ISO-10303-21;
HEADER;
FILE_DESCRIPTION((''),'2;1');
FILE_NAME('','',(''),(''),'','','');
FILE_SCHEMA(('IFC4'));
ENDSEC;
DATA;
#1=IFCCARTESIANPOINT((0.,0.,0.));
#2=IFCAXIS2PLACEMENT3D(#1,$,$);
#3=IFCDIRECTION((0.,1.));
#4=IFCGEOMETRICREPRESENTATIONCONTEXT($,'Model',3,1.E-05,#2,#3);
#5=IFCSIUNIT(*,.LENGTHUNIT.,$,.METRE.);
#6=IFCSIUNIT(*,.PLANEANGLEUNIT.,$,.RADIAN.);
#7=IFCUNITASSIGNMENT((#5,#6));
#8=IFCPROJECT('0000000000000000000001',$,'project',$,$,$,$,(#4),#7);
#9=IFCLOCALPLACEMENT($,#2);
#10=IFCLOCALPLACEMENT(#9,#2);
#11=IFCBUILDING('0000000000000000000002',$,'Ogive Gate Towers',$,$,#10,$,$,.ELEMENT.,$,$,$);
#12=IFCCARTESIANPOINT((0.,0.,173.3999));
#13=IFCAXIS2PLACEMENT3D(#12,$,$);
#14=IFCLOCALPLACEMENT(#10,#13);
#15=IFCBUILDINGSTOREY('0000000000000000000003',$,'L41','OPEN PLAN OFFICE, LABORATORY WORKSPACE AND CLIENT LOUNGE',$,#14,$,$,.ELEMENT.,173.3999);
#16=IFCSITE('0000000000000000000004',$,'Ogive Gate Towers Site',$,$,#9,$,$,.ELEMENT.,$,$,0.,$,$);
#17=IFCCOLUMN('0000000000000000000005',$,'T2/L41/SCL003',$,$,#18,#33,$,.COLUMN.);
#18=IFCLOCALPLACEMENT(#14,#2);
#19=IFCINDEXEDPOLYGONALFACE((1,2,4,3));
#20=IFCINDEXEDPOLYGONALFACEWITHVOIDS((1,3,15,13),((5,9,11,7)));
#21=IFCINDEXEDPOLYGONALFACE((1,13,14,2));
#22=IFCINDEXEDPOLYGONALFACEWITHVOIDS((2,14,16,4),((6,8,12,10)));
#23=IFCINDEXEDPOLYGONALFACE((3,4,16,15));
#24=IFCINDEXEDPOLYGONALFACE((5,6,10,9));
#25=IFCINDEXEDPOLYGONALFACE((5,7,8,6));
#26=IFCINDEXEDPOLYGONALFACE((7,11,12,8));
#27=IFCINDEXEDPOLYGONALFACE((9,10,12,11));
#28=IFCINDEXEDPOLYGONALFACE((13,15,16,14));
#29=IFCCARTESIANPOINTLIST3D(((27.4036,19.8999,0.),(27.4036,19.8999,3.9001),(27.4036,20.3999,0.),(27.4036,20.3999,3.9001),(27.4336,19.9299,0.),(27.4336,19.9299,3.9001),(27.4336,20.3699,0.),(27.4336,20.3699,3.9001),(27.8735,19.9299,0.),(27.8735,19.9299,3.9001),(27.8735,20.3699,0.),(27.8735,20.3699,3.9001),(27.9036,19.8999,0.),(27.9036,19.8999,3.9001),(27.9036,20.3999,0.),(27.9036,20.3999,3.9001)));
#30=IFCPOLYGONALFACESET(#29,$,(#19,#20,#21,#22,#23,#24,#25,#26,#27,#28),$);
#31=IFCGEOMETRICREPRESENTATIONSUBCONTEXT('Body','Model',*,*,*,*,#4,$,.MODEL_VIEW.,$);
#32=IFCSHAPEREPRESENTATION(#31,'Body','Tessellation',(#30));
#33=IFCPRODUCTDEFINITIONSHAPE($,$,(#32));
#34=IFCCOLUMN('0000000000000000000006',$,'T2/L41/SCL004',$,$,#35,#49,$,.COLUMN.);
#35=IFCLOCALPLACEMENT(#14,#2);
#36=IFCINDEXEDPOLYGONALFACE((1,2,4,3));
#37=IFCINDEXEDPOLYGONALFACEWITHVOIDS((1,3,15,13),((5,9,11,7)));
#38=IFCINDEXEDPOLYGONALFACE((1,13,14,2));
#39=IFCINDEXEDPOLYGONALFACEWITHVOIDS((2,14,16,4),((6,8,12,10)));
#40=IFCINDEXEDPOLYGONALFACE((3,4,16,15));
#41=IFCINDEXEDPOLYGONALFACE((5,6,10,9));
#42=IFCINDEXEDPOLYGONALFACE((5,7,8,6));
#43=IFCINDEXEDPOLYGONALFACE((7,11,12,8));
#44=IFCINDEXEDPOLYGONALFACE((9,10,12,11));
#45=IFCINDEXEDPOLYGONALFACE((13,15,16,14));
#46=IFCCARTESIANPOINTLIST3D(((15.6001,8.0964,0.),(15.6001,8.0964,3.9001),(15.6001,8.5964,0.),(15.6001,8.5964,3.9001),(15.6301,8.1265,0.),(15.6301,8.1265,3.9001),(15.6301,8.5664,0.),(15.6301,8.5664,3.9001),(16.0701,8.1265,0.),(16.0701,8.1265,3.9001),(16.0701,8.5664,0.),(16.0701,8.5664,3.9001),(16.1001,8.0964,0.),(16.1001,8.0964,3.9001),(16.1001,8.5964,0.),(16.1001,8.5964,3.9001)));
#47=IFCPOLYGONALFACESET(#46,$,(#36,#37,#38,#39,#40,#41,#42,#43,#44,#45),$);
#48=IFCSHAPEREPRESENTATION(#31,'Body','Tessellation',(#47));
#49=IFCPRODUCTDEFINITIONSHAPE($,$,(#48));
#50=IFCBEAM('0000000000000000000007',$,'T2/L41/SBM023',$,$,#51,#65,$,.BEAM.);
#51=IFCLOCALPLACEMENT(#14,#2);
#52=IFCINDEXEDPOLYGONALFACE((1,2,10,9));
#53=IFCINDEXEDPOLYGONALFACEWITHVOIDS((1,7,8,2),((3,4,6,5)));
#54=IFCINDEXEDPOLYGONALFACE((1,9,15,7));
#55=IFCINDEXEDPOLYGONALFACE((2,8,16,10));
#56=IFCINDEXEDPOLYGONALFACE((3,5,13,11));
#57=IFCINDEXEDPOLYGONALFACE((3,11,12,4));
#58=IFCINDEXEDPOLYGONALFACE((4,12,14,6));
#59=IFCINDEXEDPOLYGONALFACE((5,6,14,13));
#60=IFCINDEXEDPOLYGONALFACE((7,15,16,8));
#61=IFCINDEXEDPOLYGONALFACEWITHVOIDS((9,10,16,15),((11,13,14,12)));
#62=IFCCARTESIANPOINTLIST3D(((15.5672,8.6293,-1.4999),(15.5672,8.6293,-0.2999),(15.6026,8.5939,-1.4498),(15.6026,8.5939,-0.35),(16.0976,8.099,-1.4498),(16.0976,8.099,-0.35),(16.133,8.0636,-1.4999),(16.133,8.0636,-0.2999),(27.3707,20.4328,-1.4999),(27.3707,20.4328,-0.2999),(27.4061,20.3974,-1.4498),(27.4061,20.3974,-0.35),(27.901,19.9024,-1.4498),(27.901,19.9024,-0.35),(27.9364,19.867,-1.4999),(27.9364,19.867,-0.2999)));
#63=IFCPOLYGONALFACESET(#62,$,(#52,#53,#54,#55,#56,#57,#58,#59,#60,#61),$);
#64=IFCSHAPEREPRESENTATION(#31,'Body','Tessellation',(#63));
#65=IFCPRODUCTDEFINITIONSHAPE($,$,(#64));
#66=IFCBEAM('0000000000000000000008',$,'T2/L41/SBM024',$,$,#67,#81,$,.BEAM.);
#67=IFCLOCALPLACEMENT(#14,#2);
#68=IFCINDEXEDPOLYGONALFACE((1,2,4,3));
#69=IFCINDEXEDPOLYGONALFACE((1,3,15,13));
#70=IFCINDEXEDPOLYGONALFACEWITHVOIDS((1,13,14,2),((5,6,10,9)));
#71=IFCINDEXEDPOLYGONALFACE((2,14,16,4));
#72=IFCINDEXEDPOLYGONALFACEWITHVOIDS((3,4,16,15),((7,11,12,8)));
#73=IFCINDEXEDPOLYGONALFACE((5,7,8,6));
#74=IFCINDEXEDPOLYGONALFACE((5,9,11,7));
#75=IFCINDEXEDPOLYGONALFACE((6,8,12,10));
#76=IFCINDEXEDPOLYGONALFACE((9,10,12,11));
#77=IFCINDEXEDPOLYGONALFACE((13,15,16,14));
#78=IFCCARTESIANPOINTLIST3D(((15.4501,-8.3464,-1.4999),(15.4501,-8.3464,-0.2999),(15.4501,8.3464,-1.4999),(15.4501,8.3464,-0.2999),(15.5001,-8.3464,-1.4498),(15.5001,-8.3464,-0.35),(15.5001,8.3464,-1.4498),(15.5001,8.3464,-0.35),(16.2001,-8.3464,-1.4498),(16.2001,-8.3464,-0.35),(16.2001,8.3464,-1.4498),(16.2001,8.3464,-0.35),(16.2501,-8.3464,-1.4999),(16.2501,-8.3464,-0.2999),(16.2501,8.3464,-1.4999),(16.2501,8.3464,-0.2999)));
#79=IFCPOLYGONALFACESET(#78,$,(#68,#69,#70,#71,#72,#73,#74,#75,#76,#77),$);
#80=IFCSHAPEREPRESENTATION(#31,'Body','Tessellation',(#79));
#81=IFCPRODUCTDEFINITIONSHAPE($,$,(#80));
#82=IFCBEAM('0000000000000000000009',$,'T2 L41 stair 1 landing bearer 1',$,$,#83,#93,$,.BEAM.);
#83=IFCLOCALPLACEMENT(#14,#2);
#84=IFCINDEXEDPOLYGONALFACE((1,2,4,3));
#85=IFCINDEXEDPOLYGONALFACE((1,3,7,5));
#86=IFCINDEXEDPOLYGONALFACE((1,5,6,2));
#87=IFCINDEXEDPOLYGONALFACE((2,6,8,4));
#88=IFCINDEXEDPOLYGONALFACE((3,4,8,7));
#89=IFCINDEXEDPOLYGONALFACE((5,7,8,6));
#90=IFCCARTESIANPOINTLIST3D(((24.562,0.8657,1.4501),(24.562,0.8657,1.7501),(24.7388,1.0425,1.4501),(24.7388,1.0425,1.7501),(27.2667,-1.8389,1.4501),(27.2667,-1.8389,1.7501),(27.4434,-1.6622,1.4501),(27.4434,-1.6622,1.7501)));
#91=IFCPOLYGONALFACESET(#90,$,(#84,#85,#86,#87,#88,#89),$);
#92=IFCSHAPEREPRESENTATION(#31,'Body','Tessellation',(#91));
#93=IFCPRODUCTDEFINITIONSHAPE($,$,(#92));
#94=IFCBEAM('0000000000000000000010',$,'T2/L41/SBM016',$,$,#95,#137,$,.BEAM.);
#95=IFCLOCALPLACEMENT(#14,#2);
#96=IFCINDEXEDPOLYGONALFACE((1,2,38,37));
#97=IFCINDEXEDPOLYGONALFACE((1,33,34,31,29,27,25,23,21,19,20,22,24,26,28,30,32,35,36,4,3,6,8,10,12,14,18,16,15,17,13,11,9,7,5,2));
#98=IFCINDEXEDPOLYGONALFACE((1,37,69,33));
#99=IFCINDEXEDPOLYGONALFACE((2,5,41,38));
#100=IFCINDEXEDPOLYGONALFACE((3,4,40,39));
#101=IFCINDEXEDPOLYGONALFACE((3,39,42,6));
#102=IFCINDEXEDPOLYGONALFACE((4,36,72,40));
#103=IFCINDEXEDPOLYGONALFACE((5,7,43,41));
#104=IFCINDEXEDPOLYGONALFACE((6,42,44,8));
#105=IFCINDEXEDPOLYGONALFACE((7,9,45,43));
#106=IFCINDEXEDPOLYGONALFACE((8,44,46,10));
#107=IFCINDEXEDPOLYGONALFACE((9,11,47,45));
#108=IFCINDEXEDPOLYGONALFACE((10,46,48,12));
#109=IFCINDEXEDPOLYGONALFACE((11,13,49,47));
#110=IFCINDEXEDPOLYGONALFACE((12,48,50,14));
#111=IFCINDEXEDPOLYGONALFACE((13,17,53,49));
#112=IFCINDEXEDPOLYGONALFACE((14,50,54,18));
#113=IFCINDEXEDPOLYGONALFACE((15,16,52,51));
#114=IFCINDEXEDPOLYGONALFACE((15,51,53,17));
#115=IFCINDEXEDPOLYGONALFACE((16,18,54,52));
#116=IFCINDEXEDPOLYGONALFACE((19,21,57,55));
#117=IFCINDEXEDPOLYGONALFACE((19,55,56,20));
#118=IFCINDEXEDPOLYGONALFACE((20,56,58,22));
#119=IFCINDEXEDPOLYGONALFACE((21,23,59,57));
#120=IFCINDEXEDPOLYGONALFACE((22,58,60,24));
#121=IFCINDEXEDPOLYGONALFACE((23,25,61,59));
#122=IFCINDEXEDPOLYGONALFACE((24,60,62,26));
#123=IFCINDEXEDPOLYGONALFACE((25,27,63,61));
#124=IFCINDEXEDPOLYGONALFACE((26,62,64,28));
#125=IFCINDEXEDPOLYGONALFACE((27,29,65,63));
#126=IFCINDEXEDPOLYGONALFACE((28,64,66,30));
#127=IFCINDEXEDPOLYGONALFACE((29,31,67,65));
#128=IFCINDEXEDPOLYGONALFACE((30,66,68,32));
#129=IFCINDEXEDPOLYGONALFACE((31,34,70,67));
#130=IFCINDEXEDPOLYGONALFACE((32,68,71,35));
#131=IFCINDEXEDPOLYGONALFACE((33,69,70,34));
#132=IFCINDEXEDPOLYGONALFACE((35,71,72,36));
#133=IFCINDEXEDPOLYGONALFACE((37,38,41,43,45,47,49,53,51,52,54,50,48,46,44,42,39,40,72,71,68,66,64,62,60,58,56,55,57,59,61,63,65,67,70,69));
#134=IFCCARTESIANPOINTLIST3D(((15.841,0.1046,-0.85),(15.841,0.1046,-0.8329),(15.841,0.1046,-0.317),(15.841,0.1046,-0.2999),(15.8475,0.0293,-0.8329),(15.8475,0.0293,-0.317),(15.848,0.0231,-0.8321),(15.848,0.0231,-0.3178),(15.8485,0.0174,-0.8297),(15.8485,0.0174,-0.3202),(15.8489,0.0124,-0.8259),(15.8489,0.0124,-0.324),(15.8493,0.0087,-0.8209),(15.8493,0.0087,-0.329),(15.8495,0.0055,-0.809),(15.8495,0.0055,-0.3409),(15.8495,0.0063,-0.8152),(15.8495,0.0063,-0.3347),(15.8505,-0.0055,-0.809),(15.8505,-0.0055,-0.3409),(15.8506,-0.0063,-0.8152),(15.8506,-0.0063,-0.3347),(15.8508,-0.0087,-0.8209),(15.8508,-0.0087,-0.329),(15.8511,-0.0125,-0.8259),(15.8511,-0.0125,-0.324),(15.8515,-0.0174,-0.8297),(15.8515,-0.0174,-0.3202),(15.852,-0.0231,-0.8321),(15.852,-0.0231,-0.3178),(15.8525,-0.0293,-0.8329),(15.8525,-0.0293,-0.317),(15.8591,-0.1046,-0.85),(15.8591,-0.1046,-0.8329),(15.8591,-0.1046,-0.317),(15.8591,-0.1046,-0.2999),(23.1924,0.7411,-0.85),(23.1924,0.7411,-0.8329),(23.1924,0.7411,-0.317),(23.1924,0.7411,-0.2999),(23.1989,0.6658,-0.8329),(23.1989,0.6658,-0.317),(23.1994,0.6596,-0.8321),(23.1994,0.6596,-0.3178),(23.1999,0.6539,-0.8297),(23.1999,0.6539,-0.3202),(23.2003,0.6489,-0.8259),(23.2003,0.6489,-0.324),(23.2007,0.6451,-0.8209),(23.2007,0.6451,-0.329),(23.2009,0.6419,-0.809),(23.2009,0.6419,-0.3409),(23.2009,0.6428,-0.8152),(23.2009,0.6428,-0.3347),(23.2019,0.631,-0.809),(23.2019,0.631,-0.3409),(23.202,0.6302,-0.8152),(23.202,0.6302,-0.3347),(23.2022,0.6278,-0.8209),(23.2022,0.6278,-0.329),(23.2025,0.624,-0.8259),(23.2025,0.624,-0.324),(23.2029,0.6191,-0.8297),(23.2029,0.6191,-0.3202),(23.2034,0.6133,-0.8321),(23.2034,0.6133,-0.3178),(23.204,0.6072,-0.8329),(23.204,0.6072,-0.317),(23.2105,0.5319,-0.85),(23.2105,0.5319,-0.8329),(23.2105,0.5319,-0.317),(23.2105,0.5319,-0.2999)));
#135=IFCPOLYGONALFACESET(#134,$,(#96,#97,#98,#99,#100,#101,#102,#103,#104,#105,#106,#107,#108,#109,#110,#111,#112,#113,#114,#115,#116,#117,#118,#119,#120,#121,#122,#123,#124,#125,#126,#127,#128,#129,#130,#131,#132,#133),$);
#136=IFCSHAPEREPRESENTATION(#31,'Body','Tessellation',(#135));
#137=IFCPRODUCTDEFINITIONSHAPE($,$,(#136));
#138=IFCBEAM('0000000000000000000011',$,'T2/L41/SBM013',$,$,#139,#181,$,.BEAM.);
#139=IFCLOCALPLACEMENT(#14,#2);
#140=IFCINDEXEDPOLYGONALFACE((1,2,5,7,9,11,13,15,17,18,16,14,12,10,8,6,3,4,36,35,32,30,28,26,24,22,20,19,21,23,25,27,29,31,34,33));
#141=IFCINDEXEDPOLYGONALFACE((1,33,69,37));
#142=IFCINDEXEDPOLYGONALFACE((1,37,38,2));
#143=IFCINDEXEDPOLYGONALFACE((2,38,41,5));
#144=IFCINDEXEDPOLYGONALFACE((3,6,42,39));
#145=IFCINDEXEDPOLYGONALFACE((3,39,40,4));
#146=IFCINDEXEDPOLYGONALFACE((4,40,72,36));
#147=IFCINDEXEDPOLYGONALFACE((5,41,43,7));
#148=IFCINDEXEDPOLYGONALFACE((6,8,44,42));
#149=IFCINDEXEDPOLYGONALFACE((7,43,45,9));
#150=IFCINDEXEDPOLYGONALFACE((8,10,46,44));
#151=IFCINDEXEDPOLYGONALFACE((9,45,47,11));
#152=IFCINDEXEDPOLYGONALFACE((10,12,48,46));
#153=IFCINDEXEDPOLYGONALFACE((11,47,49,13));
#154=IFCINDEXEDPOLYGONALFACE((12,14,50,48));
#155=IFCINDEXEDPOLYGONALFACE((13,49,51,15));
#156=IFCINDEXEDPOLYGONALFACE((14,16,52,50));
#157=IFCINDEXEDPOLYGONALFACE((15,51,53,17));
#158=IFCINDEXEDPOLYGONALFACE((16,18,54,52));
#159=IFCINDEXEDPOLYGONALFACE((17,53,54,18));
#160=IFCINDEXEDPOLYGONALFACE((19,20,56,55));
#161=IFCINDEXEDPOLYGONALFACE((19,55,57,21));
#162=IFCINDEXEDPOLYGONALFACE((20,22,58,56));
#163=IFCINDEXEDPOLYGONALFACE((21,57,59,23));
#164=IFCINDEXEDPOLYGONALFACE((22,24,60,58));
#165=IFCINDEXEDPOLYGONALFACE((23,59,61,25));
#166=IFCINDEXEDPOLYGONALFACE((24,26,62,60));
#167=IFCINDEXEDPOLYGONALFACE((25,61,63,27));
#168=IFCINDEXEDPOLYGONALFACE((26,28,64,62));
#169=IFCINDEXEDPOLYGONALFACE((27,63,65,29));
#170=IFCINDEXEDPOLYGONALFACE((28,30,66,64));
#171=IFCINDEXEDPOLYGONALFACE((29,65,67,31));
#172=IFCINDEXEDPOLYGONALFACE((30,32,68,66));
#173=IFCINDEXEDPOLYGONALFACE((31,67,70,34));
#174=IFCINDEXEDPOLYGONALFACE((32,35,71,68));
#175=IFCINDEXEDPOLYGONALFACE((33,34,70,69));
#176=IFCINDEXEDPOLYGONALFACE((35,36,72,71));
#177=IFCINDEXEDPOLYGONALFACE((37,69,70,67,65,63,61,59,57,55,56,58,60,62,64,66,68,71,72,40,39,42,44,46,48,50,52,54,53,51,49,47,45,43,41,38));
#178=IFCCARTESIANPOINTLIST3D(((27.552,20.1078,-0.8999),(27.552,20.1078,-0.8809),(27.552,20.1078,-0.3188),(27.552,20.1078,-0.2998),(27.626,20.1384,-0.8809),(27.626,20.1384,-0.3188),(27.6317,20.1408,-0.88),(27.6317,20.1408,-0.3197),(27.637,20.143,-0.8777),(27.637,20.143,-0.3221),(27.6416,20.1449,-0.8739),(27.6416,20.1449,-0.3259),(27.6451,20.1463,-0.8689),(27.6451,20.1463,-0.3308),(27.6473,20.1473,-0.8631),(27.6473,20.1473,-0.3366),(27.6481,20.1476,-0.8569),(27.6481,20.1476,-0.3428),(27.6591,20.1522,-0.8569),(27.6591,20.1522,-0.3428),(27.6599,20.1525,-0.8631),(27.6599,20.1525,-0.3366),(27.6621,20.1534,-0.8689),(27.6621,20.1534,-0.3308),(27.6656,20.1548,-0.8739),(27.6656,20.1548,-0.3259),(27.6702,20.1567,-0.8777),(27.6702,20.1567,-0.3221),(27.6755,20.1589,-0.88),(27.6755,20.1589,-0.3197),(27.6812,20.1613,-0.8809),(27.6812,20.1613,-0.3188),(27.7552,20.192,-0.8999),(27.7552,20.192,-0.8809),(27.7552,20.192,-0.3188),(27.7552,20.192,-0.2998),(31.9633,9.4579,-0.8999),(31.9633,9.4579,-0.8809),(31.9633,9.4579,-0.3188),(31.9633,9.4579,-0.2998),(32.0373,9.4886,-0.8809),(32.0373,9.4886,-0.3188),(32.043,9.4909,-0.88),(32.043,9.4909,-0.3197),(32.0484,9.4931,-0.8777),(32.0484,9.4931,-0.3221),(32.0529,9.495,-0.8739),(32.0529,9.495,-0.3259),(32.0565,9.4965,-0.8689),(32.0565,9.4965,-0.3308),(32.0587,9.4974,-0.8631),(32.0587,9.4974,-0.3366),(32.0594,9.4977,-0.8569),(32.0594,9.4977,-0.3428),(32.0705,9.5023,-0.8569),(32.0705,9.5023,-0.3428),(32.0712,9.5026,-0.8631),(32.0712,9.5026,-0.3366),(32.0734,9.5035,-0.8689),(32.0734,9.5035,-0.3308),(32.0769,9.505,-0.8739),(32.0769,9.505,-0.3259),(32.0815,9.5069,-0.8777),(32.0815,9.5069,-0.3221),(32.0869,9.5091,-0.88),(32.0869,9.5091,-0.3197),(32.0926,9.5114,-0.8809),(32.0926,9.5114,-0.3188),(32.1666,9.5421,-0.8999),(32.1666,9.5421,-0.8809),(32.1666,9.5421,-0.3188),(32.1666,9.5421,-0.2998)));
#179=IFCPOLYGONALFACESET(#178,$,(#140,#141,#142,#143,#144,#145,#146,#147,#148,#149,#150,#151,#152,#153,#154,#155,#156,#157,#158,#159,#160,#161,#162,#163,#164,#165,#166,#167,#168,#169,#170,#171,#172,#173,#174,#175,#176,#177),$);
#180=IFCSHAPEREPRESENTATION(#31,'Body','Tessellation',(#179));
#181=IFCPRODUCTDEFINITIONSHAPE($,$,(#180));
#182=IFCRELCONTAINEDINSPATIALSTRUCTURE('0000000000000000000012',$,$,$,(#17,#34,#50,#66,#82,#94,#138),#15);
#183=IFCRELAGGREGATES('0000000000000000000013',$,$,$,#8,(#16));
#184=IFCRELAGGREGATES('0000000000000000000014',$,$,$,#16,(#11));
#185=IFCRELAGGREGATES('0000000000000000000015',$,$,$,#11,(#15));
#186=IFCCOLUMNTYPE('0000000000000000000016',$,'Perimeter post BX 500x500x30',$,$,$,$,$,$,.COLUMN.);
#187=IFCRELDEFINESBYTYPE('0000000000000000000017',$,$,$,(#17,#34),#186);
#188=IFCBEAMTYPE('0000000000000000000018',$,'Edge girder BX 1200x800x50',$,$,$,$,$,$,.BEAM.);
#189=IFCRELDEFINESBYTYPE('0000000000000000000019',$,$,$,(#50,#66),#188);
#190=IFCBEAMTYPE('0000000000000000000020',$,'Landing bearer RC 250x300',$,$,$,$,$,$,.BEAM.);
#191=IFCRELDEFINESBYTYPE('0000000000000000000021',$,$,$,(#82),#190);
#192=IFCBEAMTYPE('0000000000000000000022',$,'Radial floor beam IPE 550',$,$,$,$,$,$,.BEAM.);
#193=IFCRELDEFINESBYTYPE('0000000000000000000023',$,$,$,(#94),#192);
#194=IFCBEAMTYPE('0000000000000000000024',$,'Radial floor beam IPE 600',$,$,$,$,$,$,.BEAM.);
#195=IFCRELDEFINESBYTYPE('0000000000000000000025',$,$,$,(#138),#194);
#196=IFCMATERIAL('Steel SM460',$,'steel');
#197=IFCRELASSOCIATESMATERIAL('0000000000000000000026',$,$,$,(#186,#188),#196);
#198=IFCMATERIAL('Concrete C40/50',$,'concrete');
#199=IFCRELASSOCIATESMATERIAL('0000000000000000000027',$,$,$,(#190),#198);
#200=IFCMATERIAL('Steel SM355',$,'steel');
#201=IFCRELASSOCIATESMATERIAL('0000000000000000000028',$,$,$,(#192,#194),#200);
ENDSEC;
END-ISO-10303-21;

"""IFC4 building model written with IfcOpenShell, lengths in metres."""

from ifc_helpers import new_model, si_unit, direction, frame, origin, origin_2d, place, context, subcontext, project, spatial, rectangle, hollow_rectangle, i_section, extrude, material, material_profile, profile_set, type_object, element, save


model = new_model("IFC4")

# Units and contexts
model_context = context("Model", 3, precision=1e-05, world=origin(), true_north=direction((0.0, 1.0)))
body_context = subcontext(model_context, "Body", "Model", "MODEL_VIEW")
ifc_project = project(units=[si_unit("LENGTHUNIT", "METRE"), si_unit("PLANEANGLEUNIT", "RADIAN")], contexts=[model_context])

# Site, building, storey
site_placement = place(None, origin())
site = spatial("IfcSite", under=ifc_project, at=site_placement, Name="Ogive Gate Towers Site", CompositionType="ELEMENT", RefElevation=0.0)
building_placement = place(site_placement, origin())
building = spatial("IfcBuilding", under=site, at=building_placement, Name="Ogive Gate Towers", CompositionType="ELEMENT")
storey_placement = place(building_placement, frame((0.0, 0.0, 173.3999)))
storey = spatial("IfcBuildingStorey", under=building, at=storey_placement, Name="L41", Description="OPEN PLAN OFFICE, LABORATORY WORKSPACE AND CLIENT LOUNGE", CompositionType="ELEMENT", Elevation=173.3999)

# Columns
ifc_material_1 = material(Name="Steel SM460", Category="steel")
ifc_material_profile_1 = material_profile(ifc_material_1, hollow_rectangle(XDim=0.5, YDim=0.5, WallThickness=0.03, at=origin_2d()), Name="BX 500x500x30")
ifc_profile_set_1 = profile_set([ifc_material_profile_1], Name="Steel SM460")
column_type = type_object("IfcColumnType", Name="Perimeter post BX 500x500x30", PredefinedType="COLUMN", material=ifc_profile_set_1)
for number, where, z_axis, x_axis, name in (
    (1, (27.6536, 20.1499, 0.0), (0.0, 0.0, 1.0), (1.0, 0.0, 0.0), "T2/L41/SCL003"),
    (2, (15.8501, 8.3464, 0.0), (0.0, 0.0, 1.0), (1.0, 0.0, 0.0), "T2/L41/SCL004"),
):
    element("IfcColumn", number, at=place(storey_placement, frame(where, z_axis=z_axis, x_axis=x_axis)), inside=storey, type_object=column_type, Name=name, PredefinedType="COLUMN", context=body_context, shape_type="SweptSolid", body=[
        extrude(hollow_rectangle(XDim=0.5, YDim=0.5, WallThickness=0.03, at=origin_2d()), origin(), (0.0, 0.0, 1.0), 3.9001),
    ])

# Beams
ifc_material_profile_2 = material_profile(ifc_material_1, hollow_rectangle(XDim=0.8, YDim=1.2, WallThickness=0.05, at=origin_2d()), Name="BX 1200x800x50")
ifc_profile_set_2 = profile_set([ifc_material_profile_2], Name="Steel SM460")
beam_type_1 = type_object("IfcBeamType", Name="Edge girder BX 1200x800x50", PredefinedType="BEAM", material=ifc_profile_set_2)
beam_1_placement = place(storey_placement, frame((27.6536, 20.1499, -0.8999), z_axis=(-0.707107, -0.707107, 0.0), x_axis=(0.707107, -0.707107, 0.0)))
element("IfcBeam", 3, at=beam_1_placement, inside=storey, type_object=beam_type_1, Name="T2/L41/SBM023", PredefinedType="BEAM", context=body_context, shape_type="SweptSolid", body=[
    extrude(hollow_rectangle(XDim=0.8, YDim=1.2, WallThickness=0.05, at=origin_2d()), origin(), (0.0, 0.0, 1.0), 16.6926),
])
beam_2_placement = place(storey_placement, frame((15.8501, 8.3464, -0.8999), z_axis=(0.0, -1.0, 0.0), x_axis=(1.0, 0.0, 0.0)))
element("IfcBeam", 4, at=beam_2_placement, inside=storey, type_object=beam_type_1, Name="T2/L41/SBM024", PredefinedType="BEAM", context=body_context, shape_type="SweptSolid", body=[
    extrude(hollow_rectangle(XDim=0.8, YDim=1.2, WallThickness=0.05, at=origin_2d()), origin(), (0.0, 0.0, 1.0), 16.6929),
])
ifc_material_2 = material(Name="Concrete C40/50", Category="concrete")
ifc_material_profile_3 = material_profile(ifc_material_2, rectangle(XDim=0.25, YDim=0.3, at=origin_2d()), Name="RC 250x300")
ifc_profile_set_3 = profile_set([ifc_material_profile_3], Name="Concrete C40/50")
beam_type_2 = type_object("IfcBeamType", Name="Landing bearer RC 250x300", PredefinedType="BEAM", material=ifc_profile_set_3)
beam_3_placement = place(storey_placement, frame((24.6504, 0.9541, 1.6001), z_axis=(0.707107, -0.707107, 0.0), x_axis=(0.707107, 0.707107, 0.0)))
element("IfcBeam", 5, at=beam_3_placement, inside=storey, type_object=beam_type_2, Name="T2 L41 stair 1 landing bearer 1", PredefinedType="BEAM", context=body_context, shape_type="SweptSolid", body=[
    extrude(rectangle(XDim=0.25, YDim=0.3, at=origin_2d()), origin(), (0.0, 0.0, 1.0), 3.825),
])
ifc_material_3 = material(Name="Steel SM355", Category="steel")
ifc_material_profile_4 = material_profile(ifc_material_3, i_section(OverallWidth=0.21, OverallDepth=0.55, WebThickness=0.011, FlangeThickness=0.0171, FilletRadius=0.0239, at=origin_2d()), Name="IPE 550")
ifc_profile_set_4 = profile_set([ifc_material_profile_4], Name="Steel SM355")
beam_type_3 = type_object("IfcBeamType", Name="Radial floor beam IPE 550", PredefinedType="BEAM", material=ifc_profile_set_4)
beam_4_placement = place(storey_placement, frame((23.2014, 0.6365, -0.575), z_axis=(-0.996273, -0.086257, 0.0), x_axis=(0.086257, -0.996273, 0.0)))
element("IfcBeam", 6, at=beam_4_placement, inside=storey, type_object=beam_type_3, Name="T2/L41/SBM016", PredefinedType="BEAM", context=body_context, shape_type="SweptSolid", body=[
    extrude(i_section(OverallWidth=0.21, OverallDepth=0.55, WebThickness=0.011, FlangeThickness=0.0171, FilletRadius=0.0239, at=origin_2d()), origin(), (0.0, 0.0, 1.0), 7.3789),
])
ifc_material_profile_5 = material_profile(ifc_material_3, i_section(OverallWidth=0.22, OverallDepth=0.6001, WebThickness=0.012, FlangeThickness=0.019, FilletRadius=0.0239, at=origin_2d()), Name="IPE 600")
ifc_profile_set_5 = profile_set([ifc_material_profile_5], Name="Steel SM355")
beam_type_4 = type_object("IfcBeamType", Name="Radial floor beam IPE 600", PredefinedType="BEAM", material=ifc_profile_set_5)
beam_5_placement = place(storey_placement, frame((32.0649, 9.5, -0.5999), z_axis=(-0.382687, 0.923878, 0.0), x_axis=(-0.923878, -0.382687, 0.0)))
element("IfcBeam", 7, at=beam_5_placement, inside=storey, type_object=beam_type_4, Name="T2/L41/SBM013", PredefinedType="BEAM", context=body_context, shape_type="SweptSolid", body=[
    extrude(i_section(OverallWidth=0.22, OverallDepth=0.6001, WebThickness=0.012, FlangeThickness=0.019, FilletRadius=0.0239, at=origin_2d()), origin(), (0.0, 0.0, 1.0), 11.5273),
])

save(model, "model.ifc")
